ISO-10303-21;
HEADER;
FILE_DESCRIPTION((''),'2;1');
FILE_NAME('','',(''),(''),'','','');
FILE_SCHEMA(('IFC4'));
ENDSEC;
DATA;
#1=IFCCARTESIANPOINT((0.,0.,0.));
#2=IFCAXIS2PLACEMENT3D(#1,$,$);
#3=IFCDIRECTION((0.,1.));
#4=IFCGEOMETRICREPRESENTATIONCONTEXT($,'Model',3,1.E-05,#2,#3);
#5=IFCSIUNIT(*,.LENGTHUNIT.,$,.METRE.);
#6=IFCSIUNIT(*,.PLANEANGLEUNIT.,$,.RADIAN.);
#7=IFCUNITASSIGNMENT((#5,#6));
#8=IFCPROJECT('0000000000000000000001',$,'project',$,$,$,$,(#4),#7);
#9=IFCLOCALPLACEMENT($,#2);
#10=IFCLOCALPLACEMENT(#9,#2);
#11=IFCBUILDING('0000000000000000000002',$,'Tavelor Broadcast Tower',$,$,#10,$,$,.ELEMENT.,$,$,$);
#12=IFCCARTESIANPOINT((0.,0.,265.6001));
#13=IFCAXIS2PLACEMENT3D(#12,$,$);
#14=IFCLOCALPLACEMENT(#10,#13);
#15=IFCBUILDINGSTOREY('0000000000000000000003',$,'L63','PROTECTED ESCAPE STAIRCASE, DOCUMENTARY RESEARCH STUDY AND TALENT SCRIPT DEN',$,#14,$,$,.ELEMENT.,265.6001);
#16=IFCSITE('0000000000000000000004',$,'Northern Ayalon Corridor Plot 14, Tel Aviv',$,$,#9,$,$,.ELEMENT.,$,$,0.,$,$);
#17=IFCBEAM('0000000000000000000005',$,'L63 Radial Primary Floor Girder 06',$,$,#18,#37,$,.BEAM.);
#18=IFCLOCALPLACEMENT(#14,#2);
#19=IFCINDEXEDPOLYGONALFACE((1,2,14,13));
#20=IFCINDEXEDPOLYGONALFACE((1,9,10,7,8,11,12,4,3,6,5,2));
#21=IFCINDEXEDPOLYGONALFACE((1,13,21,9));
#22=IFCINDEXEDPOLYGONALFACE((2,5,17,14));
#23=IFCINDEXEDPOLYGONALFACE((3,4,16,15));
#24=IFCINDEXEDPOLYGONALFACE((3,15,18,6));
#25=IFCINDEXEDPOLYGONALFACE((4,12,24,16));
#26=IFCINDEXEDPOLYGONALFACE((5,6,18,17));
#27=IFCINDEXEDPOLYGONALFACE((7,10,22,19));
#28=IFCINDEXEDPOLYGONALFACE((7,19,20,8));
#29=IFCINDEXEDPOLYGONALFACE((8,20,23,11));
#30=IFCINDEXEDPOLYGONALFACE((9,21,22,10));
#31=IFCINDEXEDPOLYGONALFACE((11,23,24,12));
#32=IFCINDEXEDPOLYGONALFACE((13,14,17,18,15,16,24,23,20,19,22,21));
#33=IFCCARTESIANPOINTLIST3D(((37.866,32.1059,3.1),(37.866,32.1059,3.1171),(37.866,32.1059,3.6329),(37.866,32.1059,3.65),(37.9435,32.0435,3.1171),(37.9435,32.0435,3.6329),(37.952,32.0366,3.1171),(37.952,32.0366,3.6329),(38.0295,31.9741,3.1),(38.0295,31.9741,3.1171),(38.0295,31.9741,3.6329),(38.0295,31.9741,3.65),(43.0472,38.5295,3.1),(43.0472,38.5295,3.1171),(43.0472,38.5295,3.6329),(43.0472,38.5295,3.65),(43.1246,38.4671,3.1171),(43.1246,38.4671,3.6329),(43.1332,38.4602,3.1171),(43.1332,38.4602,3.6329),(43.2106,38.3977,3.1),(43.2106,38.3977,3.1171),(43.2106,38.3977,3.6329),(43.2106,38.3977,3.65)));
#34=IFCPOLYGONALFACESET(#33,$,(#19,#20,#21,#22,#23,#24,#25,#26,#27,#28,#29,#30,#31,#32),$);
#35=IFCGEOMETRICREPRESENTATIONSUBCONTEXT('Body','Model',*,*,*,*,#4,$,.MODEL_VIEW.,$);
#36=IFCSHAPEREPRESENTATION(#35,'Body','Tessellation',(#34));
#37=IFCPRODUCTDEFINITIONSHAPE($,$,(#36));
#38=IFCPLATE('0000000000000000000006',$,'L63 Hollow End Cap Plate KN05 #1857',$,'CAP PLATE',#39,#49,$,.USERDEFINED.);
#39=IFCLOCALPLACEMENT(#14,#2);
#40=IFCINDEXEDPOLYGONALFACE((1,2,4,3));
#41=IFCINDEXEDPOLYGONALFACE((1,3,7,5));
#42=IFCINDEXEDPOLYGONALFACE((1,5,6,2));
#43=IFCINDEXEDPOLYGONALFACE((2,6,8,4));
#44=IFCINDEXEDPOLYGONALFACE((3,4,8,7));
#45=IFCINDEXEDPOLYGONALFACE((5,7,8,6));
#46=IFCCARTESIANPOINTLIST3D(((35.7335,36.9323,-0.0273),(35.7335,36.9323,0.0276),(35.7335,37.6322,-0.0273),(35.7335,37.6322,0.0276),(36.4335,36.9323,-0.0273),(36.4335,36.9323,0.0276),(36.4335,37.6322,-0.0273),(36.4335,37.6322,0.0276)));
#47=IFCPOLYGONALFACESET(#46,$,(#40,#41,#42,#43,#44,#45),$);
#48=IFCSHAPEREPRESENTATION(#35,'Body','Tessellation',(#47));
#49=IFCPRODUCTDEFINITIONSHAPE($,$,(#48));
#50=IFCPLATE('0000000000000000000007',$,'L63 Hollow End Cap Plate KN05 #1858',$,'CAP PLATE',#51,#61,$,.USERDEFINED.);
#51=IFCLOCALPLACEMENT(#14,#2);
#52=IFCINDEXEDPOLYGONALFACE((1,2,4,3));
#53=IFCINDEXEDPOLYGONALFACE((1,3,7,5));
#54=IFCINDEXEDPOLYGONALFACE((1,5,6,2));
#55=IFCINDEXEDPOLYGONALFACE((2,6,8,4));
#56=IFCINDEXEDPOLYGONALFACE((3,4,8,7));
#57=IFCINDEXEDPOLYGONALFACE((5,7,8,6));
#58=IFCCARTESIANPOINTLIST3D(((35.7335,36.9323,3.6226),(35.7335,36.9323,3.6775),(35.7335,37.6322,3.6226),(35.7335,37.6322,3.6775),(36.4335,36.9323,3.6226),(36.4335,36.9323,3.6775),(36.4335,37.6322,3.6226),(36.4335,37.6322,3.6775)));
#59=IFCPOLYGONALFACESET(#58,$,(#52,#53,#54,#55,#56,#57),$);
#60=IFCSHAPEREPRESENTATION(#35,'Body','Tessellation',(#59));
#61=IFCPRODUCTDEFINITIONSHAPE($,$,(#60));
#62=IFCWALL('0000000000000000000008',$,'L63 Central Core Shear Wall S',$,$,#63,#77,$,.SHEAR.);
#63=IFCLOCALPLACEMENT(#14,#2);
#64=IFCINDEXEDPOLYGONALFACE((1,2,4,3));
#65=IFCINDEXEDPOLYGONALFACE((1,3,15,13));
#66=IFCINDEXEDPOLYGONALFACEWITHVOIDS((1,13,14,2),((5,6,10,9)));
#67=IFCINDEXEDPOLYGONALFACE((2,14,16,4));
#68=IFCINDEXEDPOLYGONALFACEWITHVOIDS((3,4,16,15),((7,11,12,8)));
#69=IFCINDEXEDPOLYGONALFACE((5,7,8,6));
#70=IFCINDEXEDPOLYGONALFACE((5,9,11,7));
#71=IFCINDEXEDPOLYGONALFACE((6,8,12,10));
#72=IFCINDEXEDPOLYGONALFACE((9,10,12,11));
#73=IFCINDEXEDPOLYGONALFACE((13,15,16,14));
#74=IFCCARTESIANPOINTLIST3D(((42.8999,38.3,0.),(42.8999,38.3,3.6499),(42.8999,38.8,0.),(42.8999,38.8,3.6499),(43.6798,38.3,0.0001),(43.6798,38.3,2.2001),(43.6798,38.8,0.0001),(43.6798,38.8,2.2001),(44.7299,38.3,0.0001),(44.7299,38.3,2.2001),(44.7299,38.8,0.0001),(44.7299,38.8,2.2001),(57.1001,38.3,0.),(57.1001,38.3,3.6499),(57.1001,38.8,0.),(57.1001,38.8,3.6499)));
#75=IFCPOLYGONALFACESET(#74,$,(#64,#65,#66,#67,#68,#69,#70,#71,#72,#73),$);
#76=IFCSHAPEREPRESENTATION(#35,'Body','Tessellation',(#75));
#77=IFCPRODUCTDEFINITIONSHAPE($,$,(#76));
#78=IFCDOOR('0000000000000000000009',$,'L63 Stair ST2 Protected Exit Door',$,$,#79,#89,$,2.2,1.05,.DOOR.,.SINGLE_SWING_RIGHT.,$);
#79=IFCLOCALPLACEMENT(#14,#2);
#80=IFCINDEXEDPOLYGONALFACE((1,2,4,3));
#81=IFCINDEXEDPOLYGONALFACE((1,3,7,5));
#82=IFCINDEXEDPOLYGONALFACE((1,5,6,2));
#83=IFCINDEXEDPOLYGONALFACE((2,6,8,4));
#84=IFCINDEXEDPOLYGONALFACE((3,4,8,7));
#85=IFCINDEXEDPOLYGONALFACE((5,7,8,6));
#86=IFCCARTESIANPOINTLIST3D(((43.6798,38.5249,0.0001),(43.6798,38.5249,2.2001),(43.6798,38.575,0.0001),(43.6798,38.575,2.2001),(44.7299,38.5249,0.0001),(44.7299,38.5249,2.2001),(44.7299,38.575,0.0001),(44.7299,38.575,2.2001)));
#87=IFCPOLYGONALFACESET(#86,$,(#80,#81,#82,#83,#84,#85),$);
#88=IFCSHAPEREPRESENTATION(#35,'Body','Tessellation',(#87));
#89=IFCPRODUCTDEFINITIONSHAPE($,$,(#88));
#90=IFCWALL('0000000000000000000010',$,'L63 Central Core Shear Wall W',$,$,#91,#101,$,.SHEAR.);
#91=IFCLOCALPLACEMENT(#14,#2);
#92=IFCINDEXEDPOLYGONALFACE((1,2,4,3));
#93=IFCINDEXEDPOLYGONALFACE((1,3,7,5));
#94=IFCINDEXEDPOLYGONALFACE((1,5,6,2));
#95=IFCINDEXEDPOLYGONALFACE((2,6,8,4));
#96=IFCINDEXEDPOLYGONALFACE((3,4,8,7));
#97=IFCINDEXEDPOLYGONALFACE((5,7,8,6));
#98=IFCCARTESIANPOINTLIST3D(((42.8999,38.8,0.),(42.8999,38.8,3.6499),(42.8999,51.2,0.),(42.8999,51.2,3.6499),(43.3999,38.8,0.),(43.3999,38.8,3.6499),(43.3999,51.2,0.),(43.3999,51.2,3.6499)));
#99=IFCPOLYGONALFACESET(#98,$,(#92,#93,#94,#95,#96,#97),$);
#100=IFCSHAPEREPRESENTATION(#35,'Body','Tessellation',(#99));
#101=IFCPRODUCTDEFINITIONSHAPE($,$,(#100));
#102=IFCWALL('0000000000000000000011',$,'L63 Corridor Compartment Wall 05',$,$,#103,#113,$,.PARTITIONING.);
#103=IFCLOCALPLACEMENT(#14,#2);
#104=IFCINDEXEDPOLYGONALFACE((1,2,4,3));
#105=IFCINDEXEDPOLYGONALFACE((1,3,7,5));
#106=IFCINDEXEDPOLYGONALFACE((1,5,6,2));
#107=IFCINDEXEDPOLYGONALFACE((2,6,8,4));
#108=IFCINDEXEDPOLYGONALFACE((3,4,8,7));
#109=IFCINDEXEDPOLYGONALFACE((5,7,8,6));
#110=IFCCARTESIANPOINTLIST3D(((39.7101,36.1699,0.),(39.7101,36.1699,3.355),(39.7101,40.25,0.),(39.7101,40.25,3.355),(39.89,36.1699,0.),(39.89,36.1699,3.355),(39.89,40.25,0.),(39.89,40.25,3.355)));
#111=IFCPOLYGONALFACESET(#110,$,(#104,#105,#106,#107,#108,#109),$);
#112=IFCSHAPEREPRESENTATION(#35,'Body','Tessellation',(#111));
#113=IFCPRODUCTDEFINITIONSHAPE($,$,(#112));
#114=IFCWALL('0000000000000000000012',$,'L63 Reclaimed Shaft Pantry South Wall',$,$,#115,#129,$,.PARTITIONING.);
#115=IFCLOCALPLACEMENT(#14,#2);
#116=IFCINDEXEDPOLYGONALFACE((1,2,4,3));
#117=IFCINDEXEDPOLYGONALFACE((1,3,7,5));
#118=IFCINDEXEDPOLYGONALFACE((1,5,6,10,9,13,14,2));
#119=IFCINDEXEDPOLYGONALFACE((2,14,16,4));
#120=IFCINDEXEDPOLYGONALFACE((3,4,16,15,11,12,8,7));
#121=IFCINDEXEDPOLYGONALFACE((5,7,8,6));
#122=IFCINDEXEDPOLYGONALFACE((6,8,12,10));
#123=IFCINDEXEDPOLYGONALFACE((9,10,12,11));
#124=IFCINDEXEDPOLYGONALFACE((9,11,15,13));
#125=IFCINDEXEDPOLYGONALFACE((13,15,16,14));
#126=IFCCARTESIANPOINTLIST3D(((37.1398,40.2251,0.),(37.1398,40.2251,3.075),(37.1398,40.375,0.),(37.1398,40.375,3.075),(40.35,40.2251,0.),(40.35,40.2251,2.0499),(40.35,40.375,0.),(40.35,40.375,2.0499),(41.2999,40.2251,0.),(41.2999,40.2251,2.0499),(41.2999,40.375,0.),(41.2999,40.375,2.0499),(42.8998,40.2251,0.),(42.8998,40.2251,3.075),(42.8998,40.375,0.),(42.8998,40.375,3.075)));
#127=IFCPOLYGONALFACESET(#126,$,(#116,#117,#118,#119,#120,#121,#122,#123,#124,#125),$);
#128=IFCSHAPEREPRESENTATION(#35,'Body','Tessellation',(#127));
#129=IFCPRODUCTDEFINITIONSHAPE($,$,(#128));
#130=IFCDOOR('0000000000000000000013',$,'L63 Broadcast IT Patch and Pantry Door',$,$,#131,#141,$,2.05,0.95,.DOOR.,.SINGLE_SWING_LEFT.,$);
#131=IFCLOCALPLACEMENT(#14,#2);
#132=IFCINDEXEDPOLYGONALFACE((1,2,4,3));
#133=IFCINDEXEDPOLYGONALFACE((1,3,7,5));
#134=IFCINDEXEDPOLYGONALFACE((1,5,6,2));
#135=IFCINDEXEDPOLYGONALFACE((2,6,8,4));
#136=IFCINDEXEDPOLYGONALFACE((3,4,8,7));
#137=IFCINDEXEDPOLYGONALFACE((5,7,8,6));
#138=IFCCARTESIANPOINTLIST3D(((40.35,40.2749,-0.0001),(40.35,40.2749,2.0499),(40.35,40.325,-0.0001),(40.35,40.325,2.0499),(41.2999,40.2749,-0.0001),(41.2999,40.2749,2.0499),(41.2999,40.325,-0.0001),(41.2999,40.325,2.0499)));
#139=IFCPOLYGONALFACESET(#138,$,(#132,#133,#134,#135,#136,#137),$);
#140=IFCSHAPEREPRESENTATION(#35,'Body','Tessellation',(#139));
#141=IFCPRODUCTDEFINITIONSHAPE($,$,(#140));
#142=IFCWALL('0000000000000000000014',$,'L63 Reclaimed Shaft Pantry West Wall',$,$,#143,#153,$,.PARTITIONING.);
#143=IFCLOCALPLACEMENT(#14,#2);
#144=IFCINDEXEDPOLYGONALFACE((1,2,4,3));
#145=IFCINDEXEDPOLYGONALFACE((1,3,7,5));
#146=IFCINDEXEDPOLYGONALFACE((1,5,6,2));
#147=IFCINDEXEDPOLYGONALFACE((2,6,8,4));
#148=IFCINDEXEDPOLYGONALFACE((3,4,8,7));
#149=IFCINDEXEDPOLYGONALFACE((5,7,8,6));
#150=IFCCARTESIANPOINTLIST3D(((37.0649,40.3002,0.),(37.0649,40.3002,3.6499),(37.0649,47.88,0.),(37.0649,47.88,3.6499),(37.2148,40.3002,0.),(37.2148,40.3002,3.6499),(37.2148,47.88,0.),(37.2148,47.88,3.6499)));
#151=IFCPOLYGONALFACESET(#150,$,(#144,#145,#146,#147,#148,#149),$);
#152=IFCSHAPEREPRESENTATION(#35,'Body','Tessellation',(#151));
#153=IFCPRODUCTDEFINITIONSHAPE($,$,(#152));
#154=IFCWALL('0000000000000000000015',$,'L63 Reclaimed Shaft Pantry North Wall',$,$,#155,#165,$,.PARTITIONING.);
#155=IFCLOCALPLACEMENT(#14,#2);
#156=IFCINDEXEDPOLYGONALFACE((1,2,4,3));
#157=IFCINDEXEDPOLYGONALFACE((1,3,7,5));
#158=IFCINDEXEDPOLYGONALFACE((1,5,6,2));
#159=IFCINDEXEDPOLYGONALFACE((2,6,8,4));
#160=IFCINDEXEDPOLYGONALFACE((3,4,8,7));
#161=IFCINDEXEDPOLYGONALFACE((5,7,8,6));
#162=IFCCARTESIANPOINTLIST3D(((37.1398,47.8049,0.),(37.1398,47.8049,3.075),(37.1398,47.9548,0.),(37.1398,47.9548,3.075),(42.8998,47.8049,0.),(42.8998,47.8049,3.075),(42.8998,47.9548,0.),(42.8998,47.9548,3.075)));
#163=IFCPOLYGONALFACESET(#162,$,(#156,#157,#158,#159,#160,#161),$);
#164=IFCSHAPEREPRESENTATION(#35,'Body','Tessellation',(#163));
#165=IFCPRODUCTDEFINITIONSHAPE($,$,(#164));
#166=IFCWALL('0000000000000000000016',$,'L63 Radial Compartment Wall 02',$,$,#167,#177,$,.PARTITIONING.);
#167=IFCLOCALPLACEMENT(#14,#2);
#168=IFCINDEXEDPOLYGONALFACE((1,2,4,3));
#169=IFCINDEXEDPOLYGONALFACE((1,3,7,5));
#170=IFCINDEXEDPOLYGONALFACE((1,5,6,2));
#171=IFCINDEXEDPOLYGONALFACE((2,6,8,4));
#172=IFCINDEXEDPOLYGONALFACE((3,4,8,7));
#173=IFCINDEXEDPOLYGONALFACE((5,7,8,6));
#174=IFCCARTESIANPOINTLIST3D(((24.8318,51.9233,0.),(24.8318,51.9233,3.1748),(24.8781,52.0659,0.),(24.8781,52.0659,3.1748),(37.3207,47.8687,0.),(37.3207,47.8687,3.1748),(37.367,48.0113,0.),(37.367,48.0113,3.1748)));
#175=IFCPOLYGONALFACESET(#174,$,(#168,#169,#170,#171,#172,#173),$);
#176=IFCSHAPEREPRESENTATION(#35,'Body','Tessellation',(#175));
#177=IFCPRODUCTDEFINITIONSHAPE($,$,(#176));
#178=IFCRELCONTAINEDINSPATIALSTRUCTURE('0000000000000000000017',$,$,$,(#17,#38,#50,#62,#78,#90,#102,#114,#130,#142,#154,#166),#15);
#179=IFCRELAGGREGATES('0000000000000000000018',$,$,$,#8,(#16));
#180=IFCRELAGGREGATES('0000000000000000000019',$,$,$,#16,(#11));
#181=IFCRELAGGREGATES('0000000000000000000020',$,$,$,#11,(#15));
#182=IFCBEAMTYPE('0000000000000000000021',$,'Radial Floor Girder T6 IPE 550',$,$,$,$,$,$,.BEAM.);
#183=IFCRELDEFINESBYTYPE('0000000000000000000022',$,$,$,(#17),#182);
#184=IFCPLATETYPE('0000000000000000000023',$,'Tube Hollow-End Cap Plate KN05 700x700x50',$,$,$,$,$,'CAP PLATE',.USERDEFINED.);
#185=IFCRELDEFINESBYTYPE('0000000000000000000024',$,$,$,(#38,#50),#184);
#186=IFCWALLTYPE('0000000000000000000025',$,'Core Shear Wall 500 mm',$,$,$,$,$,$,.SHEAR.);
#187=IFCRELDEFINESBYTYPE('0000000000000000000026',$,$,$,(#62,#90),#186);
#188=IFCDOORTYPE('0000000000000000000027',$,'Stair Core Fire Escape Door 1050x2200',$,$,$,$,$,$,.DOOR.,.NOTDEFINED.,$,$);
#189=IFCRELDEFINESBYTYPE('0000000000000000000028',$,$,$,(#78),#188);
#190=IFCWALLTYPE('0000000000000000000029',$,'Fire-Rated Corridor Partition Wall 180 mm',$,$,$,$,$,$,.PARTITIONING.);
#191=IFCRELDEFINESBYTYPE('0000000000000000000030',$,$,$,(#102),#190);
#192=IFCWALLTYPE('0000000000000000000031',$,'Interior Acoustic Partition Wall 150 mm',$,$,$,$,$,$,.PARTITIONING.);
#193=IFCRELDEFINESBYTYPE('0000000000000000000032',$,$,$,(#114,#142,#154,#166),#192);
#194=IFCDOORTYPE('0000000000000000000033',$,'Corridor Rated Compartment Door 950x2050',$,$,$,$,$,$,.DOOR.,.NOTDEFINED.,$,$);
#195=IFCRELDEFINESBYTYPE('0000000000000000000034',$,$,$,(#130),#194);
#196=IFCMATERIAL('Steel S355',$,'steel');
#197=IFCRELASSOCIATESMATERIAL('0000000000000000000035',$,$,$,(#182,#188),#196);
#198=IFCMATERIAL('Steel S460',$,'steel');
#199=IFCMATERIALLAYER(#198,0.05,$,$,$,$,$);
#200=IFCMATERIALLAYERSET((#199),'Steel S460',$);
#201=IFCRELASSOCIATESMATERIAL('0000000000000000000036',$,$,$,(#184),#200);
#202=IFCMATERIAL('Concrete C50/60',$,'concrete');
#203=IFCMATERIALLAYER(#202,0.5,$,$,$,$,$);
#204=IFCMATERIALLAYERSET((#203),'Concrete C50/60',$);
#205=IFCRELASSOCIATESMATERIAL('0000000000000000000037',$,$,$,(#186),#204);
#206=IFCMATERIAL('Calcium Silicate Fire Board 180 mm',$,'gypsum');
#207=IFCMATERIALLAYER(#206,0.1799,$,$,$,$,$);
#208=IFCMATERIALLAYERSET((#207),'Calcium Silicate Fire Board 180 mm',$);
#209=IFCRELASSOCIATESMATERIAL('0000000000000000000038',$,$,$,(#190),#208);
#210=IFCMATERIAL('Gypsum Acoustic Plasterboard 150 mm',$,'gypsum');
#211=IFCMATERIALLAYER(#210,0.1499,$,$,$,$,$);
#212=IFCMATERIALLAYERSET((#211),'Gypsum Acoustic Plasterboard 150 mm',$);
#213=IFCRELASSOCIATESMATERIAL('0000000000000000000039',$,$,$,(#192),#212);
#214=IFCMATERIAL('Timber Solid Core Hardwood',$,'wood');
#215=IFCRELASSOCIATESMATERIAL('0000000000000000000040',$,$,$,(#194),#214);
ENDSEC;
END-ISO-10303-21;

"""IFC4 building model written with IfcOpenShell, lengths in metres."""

from ifc_helpers import new_model, si_unit, direction, frame, frame_2d, origin, origin_2d, place, context, subcontext, project, spatial, rectangle, i_section, extrude, source, transform, mapped, material, layer, layer_set, material_profile, profile_set, type_object, type_shapes, element, fill, save


model = new_model("IFC4")

# Units and contexts
model_context = context("Model", 3, precision=1e-05, world=origin(), true_north=direction((0.0, 1.0)))
body_context = subcontext(model_context, "Body", "Model", "MODEL_VIEW")
ifc_project = project(units=[si_unit("LENGTHUNIT", "METRE"), si_unit("PLANEANGLEUNIT", "RADIAN")], contexts=[model_context])

# Site, building, storey
site_placement = place(None, origin())
site = spatial("IfcSite", under=ifc_project, at=site_placement, Name="Northern Ayalon Corridor Plot 14, Tel Aviv", CompositionType="ELEMENT", RefElevation=0.0)
building_placement = place(site_placement, origin())
building = spatial("IfcBuilding", under=site, at=building_placement, Name="Tavelor Broadcast Tower", CompositionType="ELEMENT")
storey_placement = place(building_placement, frame((0.0, 0.0, 265.6001)))
storey = spatial("IfcBuildingStorey", under=building, at=storey_placement, Name="L63", Description="PROTECTED ESCAPE STAIRCASE, DOCUMENTARY RESEARCH STUDY AND TALENT SCRIPT DEN", CompositionType="ELEMENT", Elevation=265.6001)

# Shared definitions
ifc_material_1 = material(Name="Concrete C50/60", Category="concrete")

# Beam
ifc_material_2 = material(Name="Steel S355", Category="steel")
ifc_material_profile_1 = material_profile(ifc_material_2, i_section(OverallWidth=0.21, OverallDepth=0.55, WebThickness=0.011, FlangeThickness=0.0171, at=origin_2d()), Name="IPE 550")
ifc_profile_set_1 = profile_set([ifc_material_profile_1], Name="Steel S355")
beam_type_1 = type_object("IfcBeamType", Name="Radial Floor Girder T6 IPE 550", PredefinedType="BEAM", material=ifc_profile_set_1)
beam_1_placement = place(storey_placement, frame((43.1289, 38.4636, 3.375), z_axis=(-0.627814, -0.778363, 0.0), x_axis=(0.778363, -0.627814, 0.0)))
element("IfcBeam", 1, at=beam_1_placement, inside=storey, type_object=beam_type_1, Name="L63 Radial Primary Floor Girder 06", PredefinedType="BEAM", context=body_context, shape_type="SweptSolid", body=[
    extrude(i_section(OverallWidth=0.21, OverallDepth=0.55, WebThickness=0.011, FlangeThickness=0.0171, at=origin_2d()), origin(), (0.0, 0.0, 1.0), 8.2527),
])

# Plates
ifc_material_3 = material(Name="Steel S460", Category="steel")
ifc_layer_1 = layer(ifc_material_3, 0.05)
ifc_layer_set_1 = layer_set([ifc_layer_1], Name="Steel S460")
plate_type = type_object("IfcPlateType", Name="Tube Hollow-End Cap Plate KN05 700x700x50", ElementType="CAP PLATE", PredefinedType="USERDEFINED", material=ifc_layer_set_1)
shared_shape = source(origin(), body_context, "Body", "SweptSolid", [
    extrude(rectangle(XDim=0.7, YDim=0.7, at=origin_2d()), origin(), (0.0, 0.0, 1.0), 0.0549),
])
type_shapes(plate_type, [shared_shape])
for number, where, z_axis, x_axis, name in (
    (2, (36.0835, 37.2822, -0.0273), (0.0, 0.0, 1.0), (1.0, 0.0, 0.0), "L63 Hollow End Cap Plate KN05 #1857"),
    (3, (36.0835, 37.2822, 3.6226), (0.0, 0.0, 1.0), (1.0, 0.0, 0.0), "L63 Hollow End Cap Plate KN05 #1858"),
):
    element("IfcPlate", number, at=place(storey_placement, frame(where, z_axis=z_axis, x_axis=x_axis)), inside=storey, type_object=plate_type, Name=name, ObjectType="CAP PLATE", PredefinedType="USERDEFINED", context=body_context, shape_type="MappedRepresentation", body=[
        mapped(shared_shape, transform((0.0, 0.0, 0.0), scale=1.0)),
    ])

# Wall, opening, door
ifc_layer_2 = layer(ifc_material_1, 0.5)
ifc_layer_set_2 = layer_set([ifc_layer_2], Name="Concrete C50/60")
wall_type_1 = type_object("IfcWallType", Name="Core Shear Wall 500 mm", PredefinedType="SHEAR", material=ifc_layer_set_2)
wall_1_placement = place(storey_placement, frame((42.8999, 38.55, 0.0), z_axis=(0.0, 0.0, 1.0), x_axis=(1.0, 0.0, 0.0)))
wall_1 = element("IfcWall", 4, at=wall_1_placement, inside=storey, type_object=wall_type_1, Name="L63 Central Core Shear Wall S", PredefinedType="SHEAR", context=body_context, shape_type="SweptSolid", body=[
    extrude(rectangle(XDim=14.2002, YDim=0.5, at=frame_2d((7.1001, 0.0))), origin(), (0.0, 0.0, 1.0), 3.6499),
])
opening_1_placement = place(wall_1_placement, frame((0.78, 0.0, 0.0)))
opening_1 = element("IfcOpeningElement", 5, at=opening_1_placement, cuts=wall_1, PredefinedType="OPENING", context=body_context, shape_type="SweptSolid", body=[
    extrude(rectangle(XDim=1.05, YDim=2.2, at=frame_2d((0.5249, 1.1001))), frame((0.0, 0.26, 0.0), z_axis=(0.0, -1.0, 0.0), x_axis=(1.0, 0.0, 0.0)), (0.0, 0.0, 1.0), 0.52),
])
door_type_1 = type_object("IfcDoorType", Name="Stair Core Fire Escape Door 1050x2200", OperationType="NOTDEFINED", PredefinedType="DOOR", material=ifc_material_2)
door_1_placement = place(opening_1_placement, origin())
door_1 = element("IfcDoor", 6, at=door_1_placement, inside=storey, type_object=door_type_1, Name="L63 Stair ST2 Protected Exit Door", OperationType="SINGLE_SWING_RIGHT", OverallHeight=2.2, OverallWidth=1.05, PredefinedType="DOOR", context=body_context, shape_type="SweptSolid", body=[
    extrude(rectangle(XDim=1.05, YDim=2.2, at=frame_2d((0.5249, 1.1001))), frame((0.0, 0.0249, 0.0), z_axis=(0.0, -1.0, 0.0), x_axis=(1.0, 0.0, 0.0)), (0.0, 0.0, 1.0), 0.05),
])
fill(opening_1, door_1)

# Walls
wall_2_placement = place(storey_placement, frame((43.1499, 38.8, 0.0), z_axis=(0.0, 0.0, 1.0), x_axis=(0.0, 1.0, 0.0)))
element("IfcWall", 7, at=wall_2_placement, inside=storey, type_object=wall_type_1, Name="L63 Central Core Shear Wall W", PredefinedType="SHEAR", context=body_context, shape_type="SweptSolid", body=[
    extrude(rectangle(XDim=12.3999, YDim=0.5, at=frame_2d((6.2, 0.0))), origin(), (0.0, 0.0, 1.0), 3.6499),
])
ifc_material_4 = material(Name="Calcium Silicate Fire Board 180 mm", Category="gypsum")
ifc_layer_3 = layer(ifc_material_4, 0.1799)
ifc_layer_set_3 = layer_set([ifc_layer_3], Name="Calcium Silicate Fire Board 180 mm")
wall_type_2 = type_object("IfcWallType", Name="Fire-Rated Corridor Partition Wall 180 mm", PredefinedType="PARTITIONING", material=ifc_layer_set_3)
wall_3_placement = place(storey_placement, frame((39.8, 36.1699, 0.0), z_axis=(0.0, 0.0, 1.0), x_axis=(0.0, 1.0, 0.0)))
element("IfcWall", 8, at=wall_3_placement, inside=storey, type_object=wall_type_2, Name="L63 Corridor Compartment Wall 05", PredefinedType="PARTITIONING", context=body_context, shape_type="SweptSolid", body=[
    extrude(rectangle(XDim=4.0801, YDim=0.1799, at=frame_2d((2.04, 0.0))), origin(), (0.0, 0.0, 1.0), 3.355),
])

# Wall, opening, door
ifc_material_5 = material(Name="Gypsum Acoustic Plasterboard 150 mm", Category="gypsum")
ifc_layer_4 = layer(ifc_material_5, 0.1499)
ifc_layer_set_4 = layer_set([ifc_layer_4], Name="Gypsum Acoustic Plasterboard 150 mm")
wall_type_3 = type_object("IfcWallType", Name="Interior Acoustic Partition Wall 150 mm", PredefinedType="PARTITIONING", material=ifc_layer_set_4)
wall_4_placement = place(storey_placement, frame((37.1399, 40.3, 0.0), z_axis=(0.0, 0.0, 1.0), x_axis=(1.0, 0.0, 0.0)))
wall_4 = element("IfcWall", 9, at=wall_4_placement, inside=storey, type_object=wall_type_3, Name="L63 Reclaimed Shaft Pantry South Wall", PredefinedType="PARTITIONING", context=body_context, shape_type="SweptSolid", body=[
    extrude(rectangle(XDim=5.76, YDim=0.1499, at=frame_2d((2.8799, 0.0))), origin(), (0.0, 0.0, 1.0), 3.075),
])
opening_2_placement = place(wall_4_placement, frame((3.21, 0.0, 0.0)))
opening_2 = element("IfcOpeningElement", 10, at=opening_2_placement, cuts=wall_4, PredefinedType="OPENING", context=body_context, shape_type="SweptSolid", body=[
    extrude(rectangle(XDim=0.95, YDim=2.05, at=frame_2d((0.4751, 1.0249))), frame((0.0, 0.085, 0.0), z_axis=(0.0, -1.0, 0.0), x_axis=(1.0, 0.0, 0.0)), (0.0, 0.0, 1.0), 0.1699),
])
ifc_material_6 = material(Name="Timber Solid Core Hardwood", Category="wood")
door_type_2 = type_object("IfcDoorType", Name="Corridor Rated Compartment Door 950x2050", OperationType="NOTDEFINED", PredefinedType="DOOR", material=ifc_material_6)
door_2_placement = place(opening_2_placement, origin())
door_2 = element("IfcDoor", 11, at=door_2_placement, inside=storey, type_object=door_type_2, Name="L63 Broadcast IT Patch and Pantry Door", OperationType="SINGLE_SWING_LEFT", OverallHeight=2.05, OverallWidth=0.95, PredefinedType="DOOR", context=body_context, shape_type="SweptSolid", body=[
    extrude(rectangle(XDim=0.95, YDim=2.05, at=frame_2d((0.4751, 1.0249))), frame((0.0, 0.0249, 0.0), z_axis=(0.0, -1.0, 0.0), x_axis=(1.0, 0.0, 0.0)), (0.0, 0.0, 1.0), 0.05),
])
fill(opening_2, door_2)

# Walls
wall_5_placement = place(storey_placement, frame((37.1399, 40.3, 0.0), z_axis=(0.0, 0.0, 1.0), x_axis=(0.0, 1.0, 0.0)))
element("IfcWall", 12, at=wall_5_placement, inside=storey, type_object=wall_type_3, Name="L63 Reclaimed Shaft Pantry West Wall", PredefinedType="PARTITIONING", context=body_context, shape_type="SweptSolid", body=[
    extrude(rectangle(XDim=7.5798, YDim=0.1499, at=frame_2d((3.79, 0.0))), origin(), (0.0, 0.0, 1.0), 3.6499),
])
wall_6_placement = place(storey_placement, frame((37.1399, 47.8799, 0.0), z_axis=(0.0, 0.0, 1.0), x_axis=(1.0, 0.0, 0.0)))
element("IfcWall", 13, at=wall_6_placement, inside=storey, type_object=wall_type_3, Name="L63 Reclaimed Shaft Pantry North Wall", PredefinedType="PARTITIONING", context=body_context, shape_type="SweptSolid", body=[
    extrude(rectangle(XDim=5.76, YDim=0.1499, at=frame_2d((2.8799, 0.0))), origin(), (0.0, 0.0, 1.0), 3.075),
])
wall_7_placement = place(storey_placement, frame((37.344, 47.9399, 0.0), z_axis=(0.0, 0.0, 1.0), x_axis=(-0.951129, 0.308794, 0.0)))
element("IfcWall", 14, at=wall_7_placement, inside=storey, type_object=wall_type_3, Name="L63 Radial Compartment Wall 02", PredefinedType="PARTITIONING", context=body_context, shape_type="SweptSolid", body=[
    extrude(rectangle(XDim=13.1306, YDim=0.1499, at=frame_2d((6.5654, 0.0))), origin(), (0.0, 0.0, 1.0), 3.1748),
])

save(model, "model.ifc")
